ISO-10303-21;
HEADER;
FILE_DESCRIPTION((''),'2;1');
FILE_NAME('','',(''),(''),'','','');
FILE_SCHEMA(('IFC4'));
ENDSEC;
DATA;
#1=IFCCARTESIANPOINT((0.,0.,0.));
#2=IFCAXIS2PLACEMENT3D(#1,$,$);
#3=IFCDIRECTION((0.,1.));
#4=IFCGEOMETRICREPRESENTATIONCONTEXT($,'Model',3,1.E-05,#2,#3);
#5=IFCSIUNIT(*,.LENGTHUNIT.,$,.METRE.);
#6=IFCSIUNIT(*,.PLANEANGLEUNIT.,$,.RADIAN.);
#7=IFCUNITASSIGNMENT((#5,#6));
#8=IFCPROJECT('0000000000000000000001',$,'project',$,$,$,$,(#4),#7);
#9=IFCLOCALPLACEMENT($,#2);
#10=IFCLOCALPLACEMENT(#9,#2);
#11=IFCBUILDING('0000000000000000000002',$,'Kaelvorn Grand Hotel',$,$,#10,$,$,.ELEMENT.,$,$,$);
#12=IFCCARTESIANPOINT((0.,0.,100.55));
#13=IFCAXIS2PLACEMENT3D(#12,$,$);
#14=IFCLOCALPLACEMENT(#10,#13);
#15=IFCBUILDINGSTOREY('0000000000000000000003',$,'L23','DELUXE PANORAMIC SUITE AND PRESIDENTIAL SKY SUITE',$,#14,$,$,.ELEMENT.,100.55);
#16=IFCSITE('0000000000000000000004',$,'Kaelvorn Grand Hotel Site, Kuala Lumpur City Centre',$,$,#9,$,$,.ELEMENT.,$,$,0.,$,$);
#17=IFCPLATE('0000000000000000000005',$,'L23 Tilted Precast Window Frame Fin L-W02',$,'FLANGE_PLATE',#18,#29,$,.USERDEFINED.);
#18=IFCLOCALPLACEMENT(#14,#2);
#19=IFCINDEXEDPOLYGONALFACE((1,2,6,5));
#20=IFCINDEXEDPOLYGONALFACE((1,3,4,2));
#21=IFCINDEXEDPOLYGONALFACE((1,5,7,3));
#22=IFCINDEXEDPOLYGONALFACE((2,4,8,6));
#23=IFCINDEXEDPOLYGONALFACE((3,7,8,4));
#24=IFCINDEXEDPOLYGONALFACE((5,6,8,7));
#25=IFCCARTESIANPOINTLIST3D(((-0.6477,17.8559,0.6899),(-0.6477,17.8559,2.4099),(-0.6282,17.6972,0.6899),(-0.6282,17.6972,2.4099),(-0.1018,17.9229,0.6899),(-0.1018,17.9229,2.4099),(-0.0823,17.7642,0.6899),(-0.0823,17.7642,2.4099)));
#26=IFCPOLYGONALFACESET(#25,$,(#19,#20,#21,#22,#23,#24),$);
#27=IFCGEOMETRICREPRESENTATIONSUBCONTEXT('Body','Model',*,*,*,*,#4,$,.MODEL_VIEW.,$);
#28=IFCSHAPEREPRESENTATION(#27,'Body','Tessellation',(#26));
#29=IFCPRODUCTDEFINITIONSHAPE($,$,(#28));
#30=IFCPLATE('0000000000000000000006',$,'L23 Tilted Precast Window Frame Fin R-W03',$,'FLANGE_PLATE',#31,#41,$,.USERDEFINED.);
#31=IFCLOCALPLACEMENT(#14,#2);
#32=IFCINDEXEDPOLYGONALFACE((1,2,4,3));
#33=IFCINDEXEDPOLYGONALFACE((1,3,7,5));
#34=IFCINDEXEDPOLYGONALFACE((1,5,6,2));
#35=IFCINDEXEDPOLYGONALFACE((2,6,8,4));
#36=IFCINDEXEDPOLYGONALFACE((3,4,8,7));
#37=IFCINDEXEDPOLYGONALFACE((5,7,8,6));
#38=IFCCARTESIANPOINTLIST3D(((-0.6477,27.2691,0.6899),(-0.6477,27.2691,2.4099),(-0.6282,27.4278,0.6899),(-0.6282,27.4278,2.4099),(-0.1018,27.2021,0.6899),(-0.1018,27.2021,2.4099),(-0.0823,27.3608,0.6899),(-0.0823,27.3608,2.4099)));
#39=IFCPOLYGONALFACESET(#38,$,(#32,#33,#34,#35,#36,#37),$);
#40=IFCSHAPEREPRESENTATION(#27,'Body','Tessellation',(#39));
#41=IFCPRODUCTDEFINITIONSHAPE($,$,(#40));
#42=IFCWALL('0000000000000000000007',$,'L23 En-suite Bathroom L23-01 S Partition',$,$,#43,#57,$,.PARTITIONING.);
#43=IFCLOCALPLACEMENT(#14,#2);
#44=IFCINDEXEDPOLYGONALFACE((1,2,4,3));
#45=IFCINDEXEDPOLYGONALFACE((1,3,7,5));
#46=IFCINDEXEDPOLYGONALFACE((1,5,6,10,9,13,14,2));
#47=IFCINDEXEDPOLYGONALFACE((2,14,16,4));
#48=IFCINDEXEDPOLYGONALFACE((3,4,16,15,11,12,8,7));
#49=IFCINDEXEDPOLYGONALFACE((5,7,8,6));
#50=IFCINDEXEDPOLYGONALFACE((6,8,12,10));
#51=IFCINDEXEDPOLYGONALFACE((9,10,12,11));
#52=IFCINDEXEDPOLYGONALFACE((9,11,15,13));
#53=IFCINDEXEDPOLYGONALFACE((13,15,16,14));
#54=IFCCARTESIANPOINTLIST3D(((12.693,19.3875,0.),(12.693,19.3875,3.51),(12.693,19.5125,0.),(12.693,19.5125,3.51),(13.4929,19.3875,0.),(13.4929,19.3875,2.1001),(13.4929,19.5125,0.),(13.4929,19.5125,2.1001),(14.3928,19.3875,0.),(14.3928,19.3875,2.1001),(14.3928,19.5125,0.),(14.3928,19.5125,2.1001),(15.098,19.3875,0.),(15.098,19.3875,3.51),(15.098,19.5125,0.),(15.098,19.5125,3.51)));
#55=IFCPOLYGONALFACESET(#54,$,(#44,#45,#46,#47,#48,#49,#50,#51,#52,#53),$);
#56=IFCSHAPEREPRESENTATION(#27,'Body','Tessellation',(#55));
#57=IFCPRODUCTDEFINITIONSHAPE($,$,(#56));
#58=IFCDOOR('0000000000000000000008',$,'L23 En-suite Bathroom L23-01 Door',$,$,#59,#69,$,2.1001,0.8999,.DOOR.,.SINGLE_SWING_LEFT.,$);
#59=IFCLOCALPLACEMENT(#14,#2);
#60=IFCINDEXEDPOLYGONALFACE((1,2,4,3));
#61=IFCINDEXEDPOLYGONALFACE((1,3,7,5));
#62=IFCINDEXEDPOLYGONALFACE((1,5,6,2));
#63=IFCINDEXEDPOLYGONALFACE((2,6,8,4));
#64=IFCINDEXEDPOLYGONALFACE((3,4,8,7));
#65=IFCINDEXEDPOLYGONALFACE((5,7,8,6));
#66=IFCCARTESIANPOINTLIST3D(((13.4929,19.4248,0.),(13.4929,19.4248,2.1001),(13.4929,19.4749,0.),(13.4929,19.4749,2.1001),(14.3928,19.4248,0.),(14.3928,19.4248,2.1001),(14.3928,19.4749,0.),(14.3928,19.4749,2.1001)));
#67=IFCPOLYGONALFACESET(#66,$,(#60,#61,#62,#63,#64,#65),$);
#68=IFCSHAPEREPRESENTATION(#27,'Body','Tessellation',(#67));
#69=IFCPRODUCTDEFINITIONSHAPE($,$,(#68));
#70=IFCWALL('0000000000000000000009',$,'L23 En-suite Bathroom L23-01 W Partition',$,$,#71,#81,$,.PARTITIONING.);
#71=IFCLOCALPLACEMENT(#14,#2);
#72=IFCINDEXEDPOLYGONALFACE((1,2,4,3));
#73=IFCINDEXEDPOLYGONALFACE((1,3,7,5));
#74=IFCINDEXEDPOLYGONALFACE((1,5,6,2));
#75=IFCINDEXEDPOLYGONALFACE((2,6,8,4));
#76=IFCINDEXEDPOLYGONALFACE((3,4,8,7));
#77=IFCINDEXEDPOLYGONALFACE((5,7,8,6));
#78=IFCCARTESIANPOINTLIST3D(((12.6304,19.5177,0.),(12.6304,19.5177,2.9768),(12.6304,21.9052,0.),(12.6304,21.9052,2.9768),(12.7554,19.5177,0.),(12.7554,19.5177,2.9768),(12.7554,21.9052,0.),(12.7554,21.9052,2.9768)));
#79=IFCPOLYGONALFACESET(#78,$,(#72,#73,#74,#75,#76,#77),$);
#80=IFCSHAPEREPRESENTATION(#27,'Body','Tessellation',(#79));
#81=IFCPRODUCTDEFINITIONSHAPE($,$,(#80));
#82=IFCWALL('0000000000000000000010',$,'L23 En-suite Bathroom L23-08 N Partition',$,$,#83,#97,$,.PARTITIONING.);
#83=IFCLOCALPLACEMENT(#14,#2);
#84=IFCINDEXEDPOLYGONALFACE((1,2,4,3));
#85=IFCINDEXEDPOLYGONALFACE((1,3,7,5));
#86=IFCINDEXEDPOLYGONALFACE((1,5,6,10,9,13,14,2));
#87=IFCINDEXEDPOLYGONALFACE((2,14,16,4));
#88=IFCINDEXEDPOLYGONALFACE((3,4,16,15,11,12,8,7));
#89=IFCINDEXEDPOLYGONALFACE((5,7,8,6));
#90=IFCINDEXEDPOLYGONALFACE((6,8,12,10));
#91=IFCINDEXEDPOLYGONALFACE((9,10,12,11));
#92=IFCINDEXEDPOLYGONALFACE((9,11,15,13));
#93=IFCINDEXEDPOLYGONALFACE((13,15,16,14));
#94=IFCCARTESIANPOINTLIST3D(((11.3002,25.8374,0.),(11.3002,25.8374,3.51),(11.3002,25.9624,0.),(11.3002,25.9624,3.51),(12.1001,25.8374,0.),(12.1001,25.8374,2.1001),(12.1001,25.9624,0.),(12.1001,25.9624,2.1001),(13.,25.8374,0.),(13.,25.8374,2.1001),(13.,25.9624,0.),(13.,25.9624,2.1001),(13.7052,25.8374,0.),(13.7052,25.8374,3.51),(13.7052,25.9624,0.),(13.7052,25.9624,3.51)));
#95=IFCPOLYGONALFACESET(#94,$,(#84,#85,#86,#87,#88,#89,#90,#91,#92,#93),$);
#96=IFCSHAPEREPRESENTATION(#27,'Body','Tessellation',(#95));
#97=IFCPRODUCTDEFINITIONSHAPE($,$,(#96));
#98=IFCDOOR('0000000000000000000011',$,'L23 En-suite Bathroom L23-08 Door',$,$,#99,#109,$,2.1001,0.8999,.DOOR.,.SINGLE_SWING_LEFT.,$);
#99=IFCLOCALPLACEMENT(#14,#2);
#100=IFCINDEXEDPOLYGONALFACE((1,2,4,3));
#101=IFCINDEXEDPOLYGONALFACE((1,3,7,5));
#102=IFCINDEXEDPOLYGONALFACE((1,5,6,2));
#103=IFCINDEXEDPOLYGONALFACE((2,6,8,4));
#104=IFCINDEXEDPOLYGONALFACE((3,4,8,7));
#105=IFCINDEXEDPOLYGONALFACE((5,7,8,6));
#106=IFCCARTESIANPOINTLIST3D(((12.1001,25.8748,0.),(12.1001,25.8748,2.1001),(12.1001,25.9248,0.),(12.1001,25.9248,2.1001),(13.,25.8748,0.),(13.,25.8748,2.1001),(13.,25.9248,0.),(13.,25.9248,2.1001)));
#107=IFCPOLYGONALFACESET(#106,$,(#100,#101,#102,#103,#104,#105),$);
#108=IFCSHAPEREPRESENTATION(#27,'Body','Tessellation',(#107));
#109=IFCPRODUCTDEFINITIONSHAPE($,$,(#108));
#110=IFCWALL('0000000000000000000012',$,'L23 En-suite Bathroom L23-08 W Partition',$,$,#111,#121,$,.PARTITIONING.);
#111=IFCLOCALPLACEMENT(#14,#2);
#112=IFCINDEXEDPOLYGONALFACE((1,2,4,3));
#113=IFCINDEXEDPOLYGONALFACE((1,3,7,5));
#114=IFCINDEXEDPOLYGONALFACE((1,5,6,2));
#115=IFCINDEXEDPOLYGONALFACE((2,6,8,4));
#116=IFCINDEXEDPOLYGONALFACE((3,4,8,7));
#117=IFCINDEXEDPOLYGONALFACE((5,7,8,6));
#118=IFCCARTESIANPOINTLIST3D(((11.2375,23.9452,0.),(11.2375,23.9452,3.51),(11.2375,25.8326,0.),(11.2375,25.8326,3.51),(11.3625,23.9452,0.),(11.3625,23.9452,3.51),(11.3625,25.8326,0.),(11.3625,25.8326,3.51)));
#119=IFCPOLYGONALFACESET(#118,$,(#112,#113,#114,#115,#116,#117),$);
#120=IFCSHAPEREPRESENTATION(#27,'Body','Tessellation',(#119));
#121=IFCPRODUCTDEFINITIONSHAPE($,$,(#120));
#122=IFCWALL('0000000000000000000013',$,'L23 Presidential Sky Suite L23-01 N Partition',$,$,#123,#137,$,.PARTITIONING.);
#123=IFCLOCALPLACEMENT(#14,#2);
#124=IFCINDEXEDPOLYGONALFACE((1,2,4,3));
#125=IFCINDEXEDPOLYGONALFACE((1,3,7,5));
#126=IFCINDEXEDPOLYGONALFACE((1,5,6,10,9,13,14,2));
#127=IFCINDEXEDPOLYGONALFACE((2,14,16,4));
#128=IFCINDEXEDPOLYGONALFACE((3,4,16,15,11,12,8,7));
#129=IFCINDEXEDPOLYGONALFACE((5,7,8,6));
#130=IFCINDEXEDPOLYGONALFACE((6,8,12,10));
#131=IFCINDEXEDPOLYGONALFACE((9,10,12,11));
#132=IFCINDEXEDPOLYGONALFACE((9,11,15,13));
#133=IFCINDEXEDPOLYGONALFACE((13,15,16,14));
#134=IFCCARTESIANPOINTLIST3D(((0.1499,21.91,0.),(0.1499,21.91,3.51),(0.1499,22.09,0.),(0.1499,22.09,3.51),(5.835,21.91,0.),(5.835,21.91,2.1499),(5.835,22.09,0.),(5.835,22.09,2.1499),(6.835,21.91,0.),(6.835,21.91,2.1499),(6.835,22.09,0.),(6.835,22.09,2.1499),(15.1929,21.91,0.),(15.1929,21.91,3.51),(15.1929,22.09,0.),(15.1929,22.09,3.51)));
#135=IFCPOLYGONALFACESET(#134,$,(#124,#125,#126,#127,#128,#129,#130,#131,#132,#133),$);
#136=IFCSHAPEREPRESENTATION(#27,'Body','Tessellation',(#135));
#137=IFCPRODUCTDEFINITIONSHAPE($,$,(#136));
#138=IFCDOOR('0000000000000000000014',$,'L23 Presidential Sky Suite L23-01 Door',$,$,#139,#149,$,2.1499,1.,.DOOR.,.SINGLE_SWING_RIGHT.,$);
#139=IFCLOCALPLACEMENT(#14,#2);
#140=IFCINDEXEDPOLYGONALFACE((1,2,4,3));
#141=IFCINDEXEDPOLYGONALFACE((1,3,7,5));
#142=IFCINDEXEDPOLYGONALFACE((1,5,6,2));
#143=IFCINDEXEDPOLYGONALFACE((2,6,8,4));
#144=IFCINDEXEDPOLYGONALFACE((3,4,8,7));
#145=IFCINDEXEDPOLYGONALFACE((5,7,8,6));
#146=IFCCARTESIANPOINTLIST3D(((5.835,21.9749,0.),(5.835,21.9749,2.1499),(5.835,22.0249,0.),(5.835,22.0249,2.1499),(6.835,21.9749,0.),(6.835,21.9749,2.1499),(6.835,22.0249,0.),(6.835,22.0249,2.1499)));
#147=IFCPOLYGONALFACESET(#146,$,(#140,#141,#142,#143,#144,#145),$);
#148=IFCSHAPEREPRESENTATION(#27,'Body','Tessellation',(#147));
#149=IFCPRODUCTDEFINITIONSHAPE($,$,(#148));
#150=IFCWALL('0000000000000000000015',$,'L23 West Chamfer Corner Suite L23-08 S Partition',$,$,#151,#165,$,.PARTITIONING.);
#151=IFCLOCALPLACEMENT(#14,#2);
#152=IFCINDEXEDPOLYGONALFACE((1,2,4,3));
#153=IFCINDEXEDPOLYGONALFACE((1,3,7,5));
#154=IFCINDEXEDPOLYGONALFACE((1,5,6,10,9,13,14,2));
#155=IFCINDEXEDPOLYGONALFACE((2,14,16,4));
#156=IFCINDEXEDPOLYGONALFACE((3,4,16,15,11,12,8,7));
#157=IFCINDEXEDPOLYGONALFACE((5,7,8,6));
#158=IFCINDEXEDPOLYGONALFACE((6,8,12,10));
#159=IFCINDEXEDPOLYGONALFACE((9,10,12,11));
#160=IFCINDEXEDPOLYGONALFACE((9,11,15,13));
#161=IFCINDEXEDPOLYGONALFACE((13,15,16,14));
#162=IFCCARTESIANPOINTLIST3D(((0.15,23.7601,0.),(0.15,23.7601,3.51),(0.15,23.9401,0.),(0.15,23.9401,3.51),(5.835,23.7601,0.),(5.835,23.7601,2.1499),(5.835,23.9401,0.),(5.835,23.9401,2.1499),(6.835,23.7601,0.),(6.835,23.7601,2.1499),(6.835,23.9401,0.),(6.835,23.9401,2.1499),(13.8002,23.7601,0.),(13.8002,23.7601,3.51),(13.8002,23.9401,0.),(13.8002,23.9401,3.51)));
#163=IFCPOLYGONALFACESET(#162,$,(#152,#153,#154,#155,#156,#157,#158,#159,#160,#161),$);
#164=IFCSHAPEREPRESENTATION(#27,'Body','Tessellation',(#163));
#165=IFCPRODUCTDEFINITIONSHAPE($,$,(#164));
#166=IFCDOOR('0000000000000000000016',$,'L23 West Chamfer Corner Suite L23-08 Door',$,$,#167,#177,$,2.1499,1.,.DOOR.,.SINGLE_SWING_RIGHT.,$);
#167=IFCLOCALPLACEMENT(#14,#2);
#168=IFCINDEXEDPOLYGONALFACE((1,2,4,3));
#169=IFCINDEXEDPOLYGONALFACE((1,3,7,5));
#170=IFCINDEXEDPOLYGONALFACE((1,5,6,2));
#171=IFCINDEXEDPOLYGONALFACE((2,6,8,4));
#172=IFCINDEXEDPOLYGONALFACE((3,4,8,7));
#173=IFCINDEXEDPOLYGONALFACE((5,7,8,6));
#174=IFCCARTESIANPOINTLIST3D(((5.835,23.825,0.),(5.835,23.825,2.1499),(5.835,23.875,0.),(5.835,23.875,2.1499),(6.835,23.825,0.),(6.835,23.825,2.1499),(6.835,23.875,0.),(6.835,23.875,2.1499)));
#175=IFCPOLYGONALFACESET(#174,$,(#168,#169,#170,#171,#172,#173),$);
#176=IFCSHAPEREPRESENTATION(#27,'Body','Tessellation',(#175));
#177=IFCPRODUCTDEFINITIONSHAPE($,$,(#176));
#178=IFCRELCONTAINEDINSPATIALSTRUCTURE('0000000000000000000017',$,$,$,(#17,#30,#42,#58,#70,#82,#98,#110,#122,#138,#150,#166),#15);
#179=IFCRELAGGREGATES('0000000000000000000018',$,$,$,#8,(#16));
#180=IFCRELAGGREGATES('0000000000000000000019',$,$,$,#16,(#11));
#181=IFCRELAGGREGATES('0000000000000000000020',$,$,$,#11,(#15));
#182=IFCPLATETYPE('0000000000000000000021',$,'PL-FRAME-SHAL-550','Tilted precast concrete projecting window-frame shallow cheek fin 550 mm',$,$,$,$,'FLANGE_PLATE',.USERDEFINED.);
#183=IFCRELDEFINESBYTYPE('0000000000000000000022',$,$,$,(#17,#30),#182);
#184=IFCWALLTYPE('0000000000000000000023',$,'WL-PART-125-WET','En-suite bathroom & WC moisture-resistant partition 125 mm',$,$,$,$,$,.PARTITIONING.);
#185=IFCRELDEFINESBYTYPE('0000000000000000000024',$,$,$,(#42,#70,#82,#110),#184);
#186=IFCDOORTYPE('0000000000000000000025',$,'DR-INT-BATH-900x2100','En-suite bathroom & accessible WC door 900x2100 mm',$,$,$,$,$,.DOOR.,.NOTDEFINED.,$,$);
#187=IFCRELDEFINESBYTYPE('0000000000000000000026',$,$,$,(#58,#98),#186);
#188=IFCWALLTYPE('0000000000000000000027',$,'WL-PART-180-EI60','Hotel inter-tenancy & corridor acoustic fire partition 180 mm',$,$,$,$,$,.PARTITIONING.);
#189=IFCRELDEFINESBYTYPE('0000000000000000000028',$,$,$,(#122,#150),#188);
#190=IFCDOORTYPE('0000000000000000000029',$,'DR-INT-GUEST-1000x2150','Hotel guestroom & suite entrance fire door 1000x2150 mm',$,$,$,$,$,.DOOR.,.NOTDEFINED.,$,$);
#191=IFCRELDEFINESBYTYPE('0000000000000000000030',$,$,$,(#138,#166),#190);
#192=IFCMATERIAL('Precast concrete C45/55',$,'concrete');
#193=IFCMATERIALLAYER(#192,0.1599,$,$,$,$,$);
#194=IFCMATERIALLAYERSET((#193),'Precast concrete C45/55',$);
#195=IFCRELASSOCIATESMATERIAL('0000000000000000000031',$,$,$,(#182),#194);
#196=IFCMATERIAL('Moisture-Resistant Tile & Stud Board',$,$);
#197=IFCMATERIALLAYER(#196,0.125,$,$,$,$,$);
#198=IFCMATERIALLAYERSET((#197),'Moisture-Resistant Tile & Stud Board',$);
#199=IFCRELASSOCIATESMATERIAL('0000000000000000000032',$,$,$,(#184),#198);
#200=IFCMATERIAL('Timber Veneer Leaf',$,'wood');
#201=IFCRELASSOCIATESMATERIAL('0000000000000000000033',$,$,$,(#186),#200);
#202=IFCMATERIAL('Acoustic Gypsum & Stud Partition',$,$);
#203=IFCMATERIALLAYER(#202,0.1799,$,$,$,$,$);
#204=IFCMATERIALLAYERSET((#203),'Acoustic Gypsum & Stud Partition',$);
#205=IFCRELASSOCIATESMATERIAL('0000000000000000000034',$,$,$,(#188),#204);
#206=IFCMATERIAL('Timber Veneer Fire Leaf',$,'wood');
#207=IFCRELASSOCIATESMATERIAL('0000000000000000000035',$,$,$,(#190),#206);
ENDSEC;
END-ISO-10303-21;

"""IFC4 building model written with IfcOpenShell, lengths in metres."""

from ifc_helpers import new_model, si_unit, direction, frame, frame_2d, origin, origin_2d, place, context, subcontext, project, spatial, rectangle, extrude, material, layer, layer_set, type_object, element, fill, save


model = new_model("IFC4")

# Units and contexts
model_context = context("Model", 3, precision=1e-05, world=origin(), true_north=direction((0.0, 1.0)))
body_context = subcontext(model_context, "Body", "Model", "MODEL_VIEW")
ifc_project = project(units=[si_unit("LENGTHUNIT", "METRE"), si_unit("PLANEANGLEUNIT", "RADIAN")], contexts=[model_context])

# Site, building, storey
site_placement = place(None, origin())
site = spatial("IfcSite", under=ifc_project, at=site_placement, Name="Kaelvorn Grand Hotel Site, Kuala Lumpur City Centre", CompositionType="ELEMENT", RefElevation=0.0)
building_placement = place(site_placement, origin())
building = spatial("IfcBuilding", under=site, at=building_placement, Name="Kaelvorn Grand Hotel", CompositionType="ELEMENT")
storey_placement = place(building_placement, frame((0.0, 0.0, 100.55)))
storey = spatial("IfcBuildingStorey", under=building, at=storey_placement, Name="L23", Description="DELUXE PANORAMIC SUITE AND PRESIDENTIAL SKY SUITE", CompositionType="ELEMENT", Elevation=100.55)

# Plates
ifc_material_1 = material(Name="Precast concrete C45/55", Category="concrete")
ifc_layer_1 = layer(ifc_material_1, 0.1599)
ifc_layer_set_1 = layer_set([ifc_layer_1], Name="Precast concrete C45/55")
plate_type_1 = type_object("IfcPlateType", Name="PL-FRAME-SHAL-550", Description="Tilted precast concrete projecting window-frame shallow cheek fin 550 mm", ElementType="FLANGE_PLATE", PredefinedType="USERDEFINED", material=ifc_layer_set_1)
for number, where, z_axis, x_axis, name in (
    (1, (-0.365, 17.8101, 0.6899), (0.0, 0.0, 1.0), (-0.121869, 0.992546, 0.0), "L23 Tilted Precast Window Frame Fin L-W02"),
    (2, (-0.365, 27.3149, 0.6899), (0.0, 0.0, 1.0), (0.121869, 0.992546, 0.0), "L23 Tilted Precast Window Frame Fin R-W03"),
):
    element("IfcPlate", number, at=place(storey_placement, frame(where, z_axis=z_axis, x_axis=x_axis)), inside=storey, type_object=plate_type_1, Name=name, ObjectType="FLANGE_PLATE", PredefinedType="USERDEFINED", context=body_context, shape_type="SweptSolid", body=[
        extrude(rectangle(XDim=0.1599, YDim=0.55, at=origin_2d()), origin(), (0.0, 0.0, 1.0), 1.72),
    ])

# Wall, opening, door
ifc_material_2 = material(Name="Moisture-Resistant Tile & Stud Board")
ifc_layer_2 = layer(ifc_material_2, 0.125)
ifc_layer_set_2 = layer_set([ifc_layer_2], Name="Moisture-Resistant Tile & Stud Board")
wall_type_1 = type_object("IfcWallType", Name="WL-PART-125-WET", Description="En-suite bathroom & WC moisture-resistant partition 125 mm", PredefinedType="PARTITIONING", material=ifc_layer_set_2)
wall_1_placement = place(storey_placement, frame((12.6929, 19.45, 0.0), z_axis=(0.0, 0.0, 1.0), x_axis=(1.0, 0.0, 0.0)))
wall_1 = element("IfcWall", 3, at=wall_1_placement, inside=storey, type_object=wall_type_1, Name="L23 En-suite Bathroom L23-01 S Partition", PredefinedType="PARTITIONING", context=body_context, shape_type="SweptSolid", body=[
    extrude(rectangle(XDim=2.405, YDim=0.125, at=frame_2d((1.2026, 0.0))), origin(), (0.0, 0.0, 1.0), 3.51),
])
opening_1_placement = place(wall_1_placement, frame((0.8, 0.0, 0.0)))
opening_1 = element("IfcOpeningElement", 4, at=opening_1_placement, cuts=wall_1, PredefinedType="OPENING", context=body_context, shape_type="SweptSolid", body=[
    extrude(rectangle(XDim=0.8999, YDim=2.1001, at=frame_2d((0.45, 1.05))), frame((0.0, 0.0725, 0.0), z_axis=(0.0, -1.0, 0.0), x_axis=(1.0, 0.0, 0.0)), (0.0, 0.0, 1.0), 0.145),
])
ifc_material_3 = material(Name="Timber Veneer Leaf", Category="wood")
door_type_1 = type_object("IfcDoorType", Name="DR-INT-BATH-900x2100", Description="En-suite bathroom & accessible WC door 900x2100 mm", OperationType="NOTDEFINED", PredefinedType="DOOR", material=ifc_material_3)
door_1_placement = place(opening_1_placement, origin())
door_1 = element("IfcDoor", 5, at=door_1_placement, inside=storey, type_object=door_type_1, Name="L23 En-suite Bathroom L23-01 Door", OperationType="SINGLE_SWING_LEFT", OverallHeight=2.1001, OverallWidth=0.8999, PredefinedType="DOOR", context=body_context, shape_type="SweptSolid", body=[
    extrude(rectangle(XDim=0.8999, YDim=2.1001, at=frame_2d((0.45, 1.05))), frame((0.0, 0.0249, 0.0), z_axis=(0.0, -1.0, 0.0), x_axis=(1.0, 0.0, 0.0)), (0.0, 0.0, 1.0), 0.05),
])
fill(opening_1, door_1)

# Wall
wall_2_placement = place(storey_placement, frame((12.6929, 19.5176, 0.0), z_axis=(0.0, 0.0, 1.0), x_axis=(0.0, 1.0, 0.0)))
element("IfcWall", 6, at=wall_2_placement, inside=storey, type_object=wall_type_1, Name="L23 En-suite Bathroom L23-01 W Partition", PredefinedType="PARTITIONING", context=body_context, shape_type="SweptSolid", body=[
    extrude(rectangle(XDim=2.3875, YDim=0.125, at=frame_2d((1.1938, 0.0))), origin(), (0.0, 0.0, 1.0), 2.9768),
])

# Wall, opening, door
wall_3_placement = place(storey_placement, frame((11.3, 25.8999, 0.0), z_axis=(0.0, 0.0, 1.0), x_axis=(1.0, 0.0, 0.0)))
wall_3 = element("IfcWall", 7, at=wall_3_placement, inside=storey, type_object=wall_type_1, Name="L23 En-suite Bathroom L23-08 N Partition", PredefinedType="PARTITIONING", context=body_context, shape_type="SweptSolid", body=[
    extrude(rectangle(XDim=2.405, YDim=0.125, at=frame_2d((1.2026, 0.0))), origin(), (0.0, 0.0, 1.0), 3.51),
])
opening_2_placement = place(wall_3_placement, frame((0.8, 0.0, 0.0)))
opening_2 = element("IfcOpeningElement", 8, at=opening_2_placement, cuts=wall_3, PredefinedType="OPENING", context=body_context, shape_type="SweptSolid", body=[
    extrude(rectangle(XDim=0.8999, YDim=2.1001, at=frame_2d((0.45, 1.05))), frame((0.0, 0.0725, 0.0), z_axis=(0.0, -1.0, 0.0), x_axis=(1.0, 0.0, 0.0)), (0.0, 0.0, 1.0), 0.145),
])
door_2_placement = place(opening_2_placement, origin())
door_2 = element("IfcDoor", 9, at=door_2_placement, inside=storey, type_object=door_type_1, Name="L23 En-suite Bathroom L23-08 Door", OperationType="SINGLE_SWING_LEFT", OverallHeight=2.1001, OverallWidth=0.8999, PredefinedType="DOOR", context=body_context, shape_type="SweptSolid", body=[
    extrude(rectangle(XDim=0.8999, YDim=2.1001, at=frame_2d((0.45, 1.05))), frame((0.0, 0.0249, 0.0), z_axis=(0.0, -1.0, 0.0), x_axis=(1.0, 0.0, 0.0)), (0.0, 0.0, 1.0), 0.05),
])
fill(opening_2, door_2)

# Wall
wall_4_placement = place(storey_placement, frame((11.3, 23.9451, 0.0), z_axis=(0.0, 0.0, 1.0), x_axis=(0.0, 1.0, 0.0)))
element("IfcWall", 10, at=wall_4_placement, inside=storey, type_object=wall_type_1, Name="L23 En-suite Bathroom L23-08 W Partition", PredefinedType="PARTITIONING", context=body_context, shape_type="SweptSolid", body=[
    extrude(rectangle(XDim=1.8875, YDim=0.125, at=frame_2d((0.9438, 0.0))), origin(), (0.0, 0.0, 1.0), 3.51),
])

# Walls, openings, doors
ifc_material_4 = material(Name="Acoustic Gypsum & Stud Partition")
ifc_layer_3 = layer(ifc_material_4, 0.1799)
ifc_layer_set_3 = layer_set([ifc_layer_3], Name="Acoustic Gypsum & Stud Partition")
wall_type_2 = type_object("IfcWallType", Name="WL-PART-180-EI60", Description="Hotel inter-tenancy & corridor acoustic fire partition 180 mm", PredefinedType="PARTITIONING", material=ifc_layer_set_3)
wall_5_placement = place(storey_placement, frame((0.1499, 22.0, 0.0), z_axis=(0.0, 0.0, 1.0), x_axis=(1.0, 0.0, 0.0)))
wall_5 = element("IfcWall", 11, at=wall_5_placement, inside=storey, type_object=wall_type_2, Name="L23 Presidential Sky Suite L23-01 N Partition", PredefinedType="PARTITIONING", context=body_context, shape_type="SweptSolid", body=[
    extrude(rectangle(XDim=15.043, YDim=0.1799, at=frame_2d((7.5215, 0.0))), origin(), (0.0, 0.0, 1.0), 3.51),
])
opening_3_placement = place(wall_5_placement, frame((5.6851, 0.0, 0.0)))
opening_3 = element("IfcOpeningElement", 12, at=opening_3_placement, cuts=wall_5, PredefinedType="OPENING", context=body_context, shape_type="SweptSolid", body=[
    extrude(rectangle(XDim=1.0, YDim=2.1499, at=frame_2d((0.5, 1.075))), frame((0.0, 0.1001, 0.0), z_axis=(0.0, -1.0, 0.0), x_axis=(1.0, 0.0, 0.0)), (0.0, 0.0, 1.0), 0.2),
])
ifc_material_5 = material(Name="Timber Veneer Fire Leaf", Category="wood")
door_type_2 = type_object("IfcDoorType", Name="DR-INT-GUEST-1000x2150", Description="Hotel guestroom & suite entrance fire door 1000x2150 mm", OperationType="NOTDEFINED", PredefinedType="DOOR", material=ifc_material_5)
door_3_placement = place(opening_3_placement, origin())
door_3 = element("IfcDoor", 13, at=door_3_placement, inside=storey, type_object=door_type_2, Name="L23 Presidential Sky Suite L23-01 Door", OperationType="SINGLE_SWING_RIGHT", OverallHeight=2.1499, OverallWidth=1.0, PredefinedType="DOOR", context=body_context, shape_type="SweptSolid", body=[
    extrude(rectangle(XDim=1.0, YDim=2.1499, at=frame_2d((0.5, 1.075))), frame((0.0, 0.0249, 0.0), z_axis=(0.0, -1.0, 0.0), x_axis=(1.0, 0.0, 0.0)), (0.0, 0.0, 1.0), 0.05),
])
fill(opening_3, door_3)
wall_6_placement = place(storey_placement, frame((0.1499, 23.8501, 0.0), z_axis=(0.0, 0.0, 1.0), x_axis=(1.0, 0.0, 0.0)))
wall_6 = element("IfcWall", 14, at=wall_6_placement, inside=storey, type_object=wall_type_2, Name="L23 West Chamfer Corner Suite L23-08 S Partition", PredefinedType="PARTITIONING", context=body_context, shape_type="SweptSolid", body=[
    extrude(rectangle(XDim=13.6501, YDim=0.1799, at=frame_2d((6.8252, 0.0))), origin(), (0.0, 0.0, 1.0), 3.51),
])
opening_4_placement = place(wall_6_placement, frame((5.6851, 0.0, 0.0)))
opening_4 = element("IfcOpeningElement", 15, at=opening_4_placement, cuts=wall_6, PredefinedType="OPENING", context=body_context, shape_type="SweptSolid", body=[
    extrude(rectangle(XDim=1.0, YDim=2.1499, at=frame_2d((0.5, 1.075))), frame((0.0, 0.1001, 0.0), z_axis=(0.0, -1.0, 0.0), x_axis=(1.0, 0.0, 0.0)), (0.0, 0.0, 1.0), 0.2),
])
door_4_placement = place(opening_4_placement, origin())
door_4 = element("IfcDoor", 16, at=door_4_placement, inside=storey, type_object=door_type_2, Name="L23 West Chamfer Corner Suite L23-08 Door", OperationType="SINGLE_SWING_RIGHT", OverallHeight=2.1499, OverallWidth=1.0, PredefinedType="DOOR", context=body_context, shape_type="SweptSolid", body=[
    extrude(rectangle(XDim=1.0, YDim=2.1499, at=frame_2d((0.5, 1.075))), frame((0.0, 0.0249, 0.0), z_axis=(0.0, -1.0, 0.0), x_axis=(1.0, 0.0, 0.0)), (0.0, 0.0, 1.0), 0.05),
])
fill(opening_4, door_4)

save(model, "model.ifc")
